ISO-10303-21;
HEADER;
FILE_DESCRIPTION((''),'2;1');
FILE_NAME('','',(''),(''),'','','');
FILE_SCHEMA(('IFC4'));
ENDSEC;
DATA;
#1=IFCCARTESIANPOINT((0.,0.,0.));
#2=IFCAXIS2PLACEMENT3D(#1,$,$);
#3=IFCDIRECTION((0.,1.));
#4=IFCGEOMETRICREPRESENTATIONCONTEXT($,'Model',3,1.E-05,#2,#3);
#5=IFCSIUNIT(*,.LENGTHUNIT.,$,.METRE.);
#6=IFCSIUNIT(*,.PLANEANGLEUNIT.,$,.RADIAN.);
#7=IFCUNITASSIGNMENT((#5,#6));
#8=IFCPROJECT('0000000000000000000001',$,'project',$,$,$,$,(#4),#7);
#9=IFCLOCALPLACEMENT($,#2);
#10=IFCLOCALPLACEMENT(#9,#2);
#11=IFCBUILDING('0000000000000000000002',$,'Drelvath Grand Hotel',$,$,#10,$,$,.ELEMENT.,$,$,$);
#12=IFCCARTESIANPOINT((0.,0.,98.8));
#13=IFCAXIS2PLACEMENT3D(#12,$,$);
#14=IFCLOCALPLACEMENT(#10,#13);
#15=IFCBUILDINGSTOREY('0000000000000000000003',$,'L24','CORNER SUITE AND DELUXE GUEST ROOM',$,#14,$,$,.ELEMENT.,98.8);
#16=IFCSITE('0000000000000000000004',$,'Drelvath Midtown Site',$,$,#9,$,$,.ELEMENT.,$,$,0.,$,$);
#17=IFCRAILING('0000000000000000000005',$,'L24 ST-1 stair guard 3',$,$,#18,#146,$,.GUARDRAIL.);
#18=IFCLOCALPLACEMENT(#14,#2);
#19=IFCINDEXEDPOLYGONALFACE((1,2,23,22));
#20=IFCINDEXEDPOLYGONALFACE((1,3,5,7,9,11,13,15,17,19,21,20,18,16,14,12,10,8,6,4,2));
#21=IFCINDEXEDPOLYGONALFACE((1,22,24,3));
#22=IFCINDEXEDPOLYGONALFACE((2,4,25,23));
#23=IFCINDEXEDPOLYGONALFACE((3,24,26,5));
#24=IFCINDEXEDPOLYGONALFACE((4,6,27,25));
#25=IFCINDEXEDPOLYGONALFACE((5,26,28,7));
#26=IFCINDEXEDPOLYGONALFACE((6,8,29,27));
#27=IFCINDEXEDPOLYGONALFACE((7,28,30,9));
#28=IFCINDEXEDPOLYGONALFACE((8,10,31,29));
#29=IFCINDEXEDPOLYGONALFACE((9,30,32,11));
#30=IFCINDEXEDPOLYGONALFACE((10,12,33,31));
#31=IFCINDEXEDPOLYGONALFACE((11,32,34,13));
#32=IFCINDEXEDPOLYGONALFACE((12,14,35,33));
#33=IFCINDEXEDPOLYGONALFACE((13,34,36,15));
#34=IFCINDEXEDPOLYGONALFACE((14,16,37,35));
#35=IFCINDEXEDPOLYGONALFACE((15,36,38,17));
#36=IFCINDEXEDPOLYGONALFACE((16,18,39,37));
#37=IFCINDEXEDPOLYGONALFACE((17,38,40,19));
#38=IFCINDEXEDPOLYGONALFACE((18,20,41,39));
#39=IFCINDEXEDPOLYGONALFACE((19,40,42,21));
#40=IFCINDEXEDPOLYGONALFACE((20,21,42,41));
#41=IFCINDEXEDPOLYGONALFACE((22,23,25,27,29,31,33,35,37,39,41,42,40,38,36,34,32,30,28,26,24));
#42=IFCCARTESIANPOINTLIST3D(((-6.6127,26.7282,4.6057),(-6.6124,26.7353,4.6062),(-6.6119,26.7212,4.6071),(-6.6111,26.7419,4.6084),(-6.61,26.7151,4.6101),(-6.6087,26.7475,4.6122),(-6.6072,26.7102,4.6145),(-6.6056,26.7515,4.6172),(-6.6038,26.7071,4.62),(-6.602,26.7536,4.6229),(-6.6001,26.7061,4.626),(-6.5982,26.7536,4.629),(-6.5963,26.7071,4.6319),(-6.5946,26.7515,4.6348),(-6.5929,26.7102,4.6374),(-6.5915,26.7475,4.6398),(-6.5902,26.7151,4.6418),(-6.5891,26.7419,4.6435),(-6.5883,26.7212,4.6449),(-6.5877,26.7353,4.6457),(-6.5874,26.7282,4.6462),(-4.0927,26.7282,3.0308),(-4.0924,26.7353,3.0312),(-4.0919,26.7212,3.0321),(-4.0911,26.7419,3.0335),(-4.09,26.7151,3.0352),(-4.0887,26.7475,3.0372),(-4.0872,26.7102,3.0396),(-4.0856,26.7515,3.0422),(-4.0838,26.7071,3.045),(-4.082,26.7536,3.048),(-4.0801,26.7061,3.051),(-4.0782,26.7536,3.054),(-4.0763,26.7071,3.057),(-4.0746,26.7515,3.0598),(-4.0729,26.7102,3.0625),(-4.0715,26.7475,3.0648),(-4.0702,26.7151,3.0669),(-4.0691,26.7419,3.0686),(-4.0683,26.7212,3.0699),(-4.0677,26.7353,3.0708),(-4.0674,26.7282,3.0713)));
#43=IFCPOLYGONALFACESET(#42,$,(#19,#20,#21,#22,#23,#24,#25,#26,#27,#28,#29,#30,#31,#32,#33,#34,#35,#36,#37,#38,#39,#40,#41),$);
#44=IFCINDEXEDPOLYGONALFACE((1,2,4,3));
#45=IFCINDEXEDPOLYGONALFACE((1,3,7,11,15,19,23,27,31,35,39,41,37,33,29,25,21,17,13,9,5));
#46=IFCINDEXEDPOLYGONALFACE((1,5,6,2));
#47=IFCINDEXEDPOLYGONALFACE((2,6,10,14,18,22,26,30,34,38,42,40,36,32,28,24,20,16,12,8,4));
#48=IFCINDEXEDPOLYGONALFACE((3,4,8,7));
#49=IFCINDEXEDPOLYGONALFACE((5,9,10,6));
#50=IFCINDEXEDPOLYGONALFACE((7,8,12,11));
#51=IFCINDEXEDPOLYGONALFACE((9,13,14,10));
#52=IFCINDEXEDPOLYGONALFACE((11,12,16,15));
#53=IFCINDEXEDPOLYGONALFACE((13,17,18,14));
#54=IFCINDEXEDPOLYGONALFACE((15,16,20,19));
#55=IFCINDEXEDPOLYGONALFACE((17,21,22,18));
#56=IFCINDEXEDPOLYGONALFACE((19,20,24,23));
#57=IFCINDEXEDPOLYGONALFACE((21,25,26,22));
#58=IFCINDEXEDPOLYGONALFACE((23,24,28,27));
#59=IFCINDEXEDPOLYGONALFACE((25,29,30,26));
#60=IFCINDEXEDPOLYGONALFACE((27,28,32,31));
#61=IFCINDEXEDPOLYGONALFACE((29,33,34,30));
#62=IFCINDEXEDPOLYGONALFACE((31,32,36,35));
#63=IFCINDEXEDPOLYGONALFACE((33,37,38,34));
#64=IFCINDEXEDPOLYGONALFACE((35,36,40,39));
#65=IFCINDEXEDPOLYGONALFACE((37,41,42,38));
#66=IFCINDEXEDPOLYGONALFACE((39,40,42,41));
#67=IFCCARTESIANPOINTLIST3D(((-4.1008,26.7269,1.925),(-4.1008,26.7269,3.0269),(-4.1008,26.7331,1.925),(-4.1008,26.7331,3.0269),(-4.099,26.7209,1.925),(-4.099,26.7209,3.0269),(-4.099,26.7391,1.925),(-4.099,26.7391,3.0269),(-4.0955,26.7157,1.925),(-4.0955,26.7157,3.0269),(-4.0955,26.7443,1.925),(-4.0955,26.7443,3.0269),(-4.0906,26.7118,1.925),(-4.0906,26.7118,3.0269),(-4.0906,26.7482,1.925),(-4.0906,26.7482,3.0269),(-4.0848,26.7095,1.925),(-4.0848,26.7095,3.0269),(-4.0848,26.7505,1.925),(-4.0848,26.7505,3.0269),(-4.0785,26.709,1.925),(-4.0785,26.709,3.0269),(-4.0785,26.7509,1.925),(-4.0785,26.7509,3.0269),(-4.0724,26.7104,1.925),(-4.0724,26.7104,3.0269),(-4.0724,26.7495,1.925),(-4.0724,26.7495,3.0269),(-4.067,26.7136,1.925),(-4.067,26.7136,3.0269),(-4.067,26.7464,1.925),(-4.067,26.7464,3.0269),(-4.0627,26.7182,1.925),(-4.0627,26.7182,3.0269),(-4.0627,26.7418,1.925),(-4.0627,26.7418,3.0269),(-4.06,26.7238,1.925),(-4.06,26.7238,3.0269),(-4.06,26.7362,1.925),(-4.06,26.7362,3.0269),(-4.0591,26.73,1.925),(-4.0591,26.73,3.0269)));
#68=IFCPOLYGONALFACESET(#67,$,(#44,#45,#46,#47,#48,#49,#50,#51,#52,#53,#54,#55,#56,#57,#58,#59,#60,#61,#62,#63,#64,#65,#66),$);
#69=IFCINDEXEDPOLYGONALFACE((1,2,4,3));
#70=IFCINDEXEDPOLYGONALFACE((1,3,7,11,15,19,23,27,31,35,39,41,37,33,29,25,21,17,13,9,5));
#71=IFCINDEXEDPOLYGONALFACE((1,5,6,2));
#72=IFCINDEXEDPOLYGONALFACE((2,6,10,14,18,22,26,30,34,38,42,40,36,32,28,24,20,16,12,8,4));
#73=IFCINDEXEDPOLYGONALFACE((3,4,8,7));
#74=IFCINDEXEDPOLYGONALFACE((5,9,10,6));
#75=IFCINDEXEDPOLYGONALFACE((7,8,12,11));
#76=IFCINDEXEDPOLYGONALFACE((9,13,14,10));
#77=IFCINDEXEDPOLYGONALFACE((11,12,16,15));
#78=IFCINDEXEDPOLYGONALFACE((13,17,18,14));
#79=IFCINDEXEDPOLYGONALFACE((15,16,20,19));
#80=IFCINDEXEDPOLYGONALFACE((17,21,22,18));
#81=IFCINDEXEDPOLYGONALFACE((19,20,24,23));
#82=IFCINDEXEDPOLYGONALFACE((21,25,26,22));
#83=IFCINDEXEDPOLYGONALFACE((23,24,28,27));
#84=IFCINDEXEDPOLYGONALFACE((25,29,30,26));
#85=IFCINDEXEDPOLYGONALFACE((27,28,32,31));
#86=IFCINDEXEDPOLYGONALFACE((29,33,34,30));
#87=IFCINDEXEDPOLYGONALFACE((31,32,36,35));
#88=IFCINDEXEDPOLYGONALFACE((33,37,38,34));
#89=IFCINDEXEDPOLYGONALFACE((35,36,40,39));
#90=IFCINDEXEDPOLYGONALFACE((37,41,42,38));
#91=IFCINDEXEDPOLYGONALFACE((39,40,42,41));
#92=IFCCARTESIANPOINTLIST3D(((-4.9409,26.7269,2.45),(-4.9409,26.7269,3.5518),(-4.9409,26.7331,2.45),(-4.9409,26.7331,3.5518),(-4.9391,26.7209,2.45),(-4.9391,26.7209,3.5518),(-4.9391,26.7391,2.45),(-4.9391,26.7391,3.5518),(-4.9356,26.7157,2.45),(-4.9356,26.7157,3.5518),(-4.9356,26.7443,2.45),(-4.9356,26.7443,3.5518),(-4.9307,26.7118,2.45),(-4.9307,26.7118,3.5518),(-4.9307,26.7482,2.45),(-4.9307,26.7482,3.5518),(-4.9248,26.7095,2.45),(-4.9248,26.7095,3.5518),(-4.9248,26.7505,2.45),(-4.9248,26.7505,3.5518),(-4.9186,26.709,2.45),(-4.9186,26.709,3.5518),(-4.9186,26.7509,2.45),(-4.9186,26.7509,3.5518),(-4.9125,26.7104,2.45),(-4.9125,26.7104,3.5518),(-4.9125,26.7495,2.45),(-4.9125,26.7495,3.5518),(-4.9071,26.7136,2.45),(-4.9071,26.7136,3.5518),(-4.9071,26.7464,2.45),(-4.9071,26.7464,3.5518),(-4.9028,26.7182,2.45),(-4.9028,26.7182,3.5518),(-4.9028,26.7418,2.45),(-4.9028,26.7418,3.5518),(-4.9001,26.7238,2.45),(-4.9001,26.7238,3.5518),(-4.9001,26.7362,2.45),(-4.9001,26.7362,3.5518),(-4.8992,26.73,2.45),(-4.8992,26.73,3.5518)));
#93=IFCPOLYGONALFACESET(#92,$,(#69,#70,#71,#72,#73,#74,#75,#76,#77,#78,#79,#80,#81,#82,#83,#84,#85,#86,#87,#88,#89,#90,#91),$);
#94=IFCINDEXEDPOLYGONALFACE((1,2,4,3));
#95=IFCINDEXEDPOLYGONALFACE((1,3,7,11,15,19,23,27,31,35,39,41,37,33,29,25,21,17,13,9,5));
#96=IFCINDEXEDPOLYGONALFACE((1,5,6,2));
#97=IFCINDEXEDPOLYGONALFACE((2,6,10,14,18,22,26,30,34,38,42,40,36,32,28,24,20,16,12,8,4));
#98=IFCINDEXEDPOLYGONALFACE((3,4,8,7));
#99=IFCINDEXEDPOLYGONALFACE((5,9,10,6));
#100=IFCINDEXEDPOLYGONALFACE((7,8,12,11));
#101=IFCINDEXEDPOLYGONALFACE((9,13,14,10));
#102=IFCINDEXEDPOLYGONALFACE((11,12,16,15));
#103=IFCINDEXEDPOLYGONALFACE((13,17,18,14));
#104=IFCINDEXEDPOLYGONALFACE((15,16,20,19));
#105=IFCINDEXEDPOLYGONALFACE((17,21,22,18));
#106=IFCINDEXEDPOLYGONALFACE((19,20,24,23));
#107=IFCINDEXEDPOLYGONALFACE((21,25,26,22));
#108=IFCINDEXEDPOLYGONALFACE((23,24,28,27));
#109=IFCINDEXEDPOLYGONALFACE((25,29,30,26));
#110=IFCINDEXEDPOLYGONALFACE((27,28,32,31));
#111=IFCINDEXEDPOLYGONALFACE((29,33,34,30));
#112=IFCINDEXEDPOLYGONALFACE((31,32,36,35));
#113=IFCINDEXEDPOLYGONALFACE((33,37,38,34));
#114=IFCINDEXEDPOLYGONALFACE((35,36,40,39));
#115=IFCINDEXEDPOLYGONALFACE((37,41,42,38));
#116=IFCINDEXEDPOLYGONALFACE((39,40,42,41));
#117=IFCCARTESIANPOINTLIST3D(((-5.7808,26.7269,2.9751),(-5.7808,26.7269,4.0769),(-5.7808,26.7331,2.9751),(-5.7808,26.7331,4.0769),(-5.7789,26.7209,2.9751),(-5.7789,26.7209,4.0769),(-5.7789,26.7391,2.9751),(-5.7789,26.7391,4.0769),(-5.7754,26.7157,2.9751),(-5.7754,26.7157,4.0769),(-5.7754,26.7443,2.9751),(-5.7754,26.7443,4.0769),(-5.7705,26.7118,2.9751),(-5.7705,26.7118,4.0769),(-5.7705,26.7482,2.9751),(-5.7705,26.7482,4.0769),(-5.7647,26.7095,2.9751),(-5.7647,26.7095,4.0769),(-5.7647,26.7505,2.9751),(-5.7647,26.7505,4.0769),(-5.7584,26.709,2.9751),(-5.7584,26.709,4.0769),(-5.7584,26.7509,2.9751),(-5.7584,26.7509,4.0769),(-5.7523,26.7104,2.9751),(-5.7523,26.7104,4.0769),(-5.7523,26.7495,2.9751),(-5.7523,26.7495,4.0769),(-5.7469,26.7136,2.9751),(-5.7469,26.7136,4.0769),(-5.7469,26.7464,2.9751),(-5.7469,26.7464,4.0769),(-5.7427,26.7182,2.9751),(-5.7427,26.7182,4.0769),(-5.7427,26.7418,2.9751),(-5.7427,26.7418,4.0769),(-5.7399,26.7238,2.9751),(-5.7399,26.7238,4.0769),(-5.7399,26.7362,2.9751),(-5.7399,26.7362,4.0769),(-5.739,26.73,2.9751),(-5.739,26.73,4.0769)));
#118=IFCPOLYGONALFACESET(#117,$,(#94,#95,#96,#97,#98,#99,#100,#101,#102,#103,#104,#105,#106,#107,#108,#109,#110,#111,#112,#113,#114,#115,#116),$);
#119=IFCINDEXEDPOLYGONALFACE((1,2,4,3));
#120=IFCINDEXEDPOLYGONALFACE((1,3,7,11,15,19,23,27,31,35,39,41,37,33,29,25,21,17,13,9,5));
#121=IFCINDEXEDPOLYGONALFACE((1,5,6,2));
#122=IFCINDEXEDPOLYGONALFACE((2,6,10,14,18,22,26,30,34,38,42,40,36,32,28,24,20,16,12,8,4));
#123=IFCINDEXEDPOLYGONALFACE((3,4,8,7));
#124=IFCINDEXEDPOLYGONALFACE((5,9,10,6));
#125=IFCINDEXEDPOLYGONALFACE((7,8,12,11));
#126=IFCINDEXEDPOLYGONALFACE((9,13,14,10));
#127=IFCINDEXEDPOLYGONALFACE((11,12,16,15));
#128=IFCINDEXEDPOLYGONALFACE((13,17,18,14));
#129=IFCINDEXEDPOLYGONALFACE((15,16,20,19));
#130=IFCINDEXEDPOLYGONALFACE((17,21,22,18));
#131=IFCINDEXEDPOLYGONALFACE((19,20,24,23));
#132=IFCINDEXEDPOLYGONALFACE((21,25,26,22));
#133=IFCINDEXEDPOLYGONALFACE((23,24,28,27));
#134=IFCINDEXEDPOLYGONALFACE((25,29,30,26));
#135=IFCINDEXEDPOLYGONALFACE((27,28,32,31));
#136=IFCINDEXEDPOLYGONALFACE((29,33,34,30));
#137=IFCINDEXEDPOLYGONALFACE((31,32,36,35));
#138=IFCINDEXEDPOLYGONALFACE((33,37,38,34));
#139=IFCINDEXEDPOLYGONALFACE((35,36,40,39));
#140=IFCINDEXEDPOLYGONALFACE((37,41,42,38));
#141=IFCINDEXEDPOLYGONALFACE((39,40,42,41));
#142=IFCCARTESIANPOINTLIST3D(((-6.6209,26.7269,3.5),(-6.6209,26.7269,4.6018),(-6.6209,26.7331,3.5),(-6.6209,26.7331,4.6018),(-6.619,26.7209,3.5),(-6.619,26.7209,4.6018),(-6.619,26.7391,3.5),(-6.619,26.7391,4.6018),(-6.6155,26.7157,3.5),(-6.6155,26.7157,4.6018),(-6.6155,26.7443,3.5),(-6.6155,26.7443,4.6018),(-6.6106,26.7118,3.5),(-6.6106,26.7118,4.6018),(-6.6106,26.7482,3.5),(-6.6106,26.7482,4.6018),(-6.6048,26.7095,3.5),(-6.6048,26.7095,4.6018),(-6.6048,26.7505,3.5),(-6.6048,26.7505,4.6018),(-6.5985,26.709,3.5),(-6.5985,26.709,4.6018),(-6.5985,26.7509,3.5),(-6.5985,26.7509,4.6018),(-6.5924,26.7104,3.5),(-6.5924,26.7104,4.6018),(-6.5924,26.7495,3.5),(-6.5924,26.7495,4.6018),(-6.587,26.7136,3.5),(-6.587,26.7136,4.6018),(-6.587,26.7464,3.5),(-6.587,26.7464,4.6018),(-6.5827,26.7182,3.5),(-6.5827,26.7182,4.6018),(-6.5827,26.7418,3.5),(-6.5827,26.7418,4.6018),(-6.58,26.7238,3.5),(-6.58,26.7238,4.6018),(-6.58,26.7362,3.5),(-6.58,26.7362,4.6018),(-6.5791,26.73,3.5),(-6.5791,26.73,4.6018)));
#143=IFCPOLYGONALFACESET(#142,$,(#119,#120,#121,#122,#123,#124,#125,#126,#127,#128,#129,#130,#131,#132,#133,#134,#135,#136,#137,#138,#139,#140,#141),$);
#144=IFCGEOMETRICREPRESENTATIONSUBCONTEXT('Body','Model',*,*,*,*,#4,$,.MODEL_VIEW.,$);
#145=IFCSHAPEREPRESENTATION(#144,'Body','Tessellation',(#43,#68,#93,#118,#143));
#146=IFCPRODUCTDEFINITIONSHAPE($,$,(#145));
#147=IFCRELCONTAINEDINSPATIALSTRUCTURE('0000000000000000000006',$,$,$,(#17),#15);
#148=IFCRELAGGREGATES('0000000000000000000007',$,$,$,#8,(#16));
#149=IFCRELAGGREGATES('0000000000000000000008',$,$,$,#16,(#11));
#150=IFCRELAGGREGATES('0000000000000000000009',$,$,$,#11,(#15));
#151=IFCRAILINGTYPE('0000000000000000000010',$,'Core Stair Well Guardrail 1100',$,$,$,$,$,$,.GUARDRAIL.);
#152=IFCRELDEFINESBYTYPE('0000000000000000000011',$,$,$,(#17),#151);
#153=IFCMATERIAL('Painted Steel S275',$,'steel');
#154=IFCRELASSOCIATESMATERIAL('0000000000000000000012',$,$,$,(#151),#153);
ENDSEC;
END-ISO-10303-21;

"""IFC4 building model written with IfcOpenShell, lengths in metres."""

from ifc_helpers import new_model, si_unit, direction, frame, origin, origin_2d, place, context, subcontext, project, spatial, circle, extrude, material, type_object, element, save


model = new_model("IFC4")

# Units and contexts
model_context = context("Model", 3, precision=1e-05, world=origin(), true_north=direction((0.0, 1.0)))
body_context = subcontext(model_context, "Body", "Model", "MODEL_VIEW")
ifc_project = project(units=[si_unit("LENGTHUNIT", "METRE"), si_unit("PLANEANGLEUNIT", "RADIAN")], contexts=[model_context])

# Site, building, storey
site_placement = place(None, origin())
site = spatial("IfcSite", under=ifc_project, at=site_placement, Name="Drelvath Midtown Site", CompositionType="ELEMENT", RefElevation=0.0)
building_placement = place(site_placement, origin())
building = spatial("IfcBuilding", under=site, at=building_placement, Name="Drelvath Grand Hotel", CompositionType="ELEMENT")
storey_placement = place(building_placement, frame((0.0, 0.0, 98.8)))
storey = spatial("IfcBuildingStorey", under=building, at=storey_placement, Name="L24", Description="CORNER SUITE AND DELUXE GUEST ROOM", CompositionType="ELEMENT", Elevation=98.8)

# Shared definitions
ifc_material_1 = material(Name="Painted Steel S275", Category="steel")

# Railing
railing_type_1 = type_object("IfcRailingType", Name="Core Stair Well Guardrail 1100", PredefinedType="GUARDRAIL", material=ifc_material_1)
railing_1_placement = place(storey_placement, frame((-4.0801, 26.73, 1.925)))
element("IfcRailing", 1, at=railing_1_placement, inside=storey, type_object=railing_type_1, Name="L24 ST-1 stair guard 3", PredefinedType="GUARDRAIL", context=body_context, shape_type="SweptSolid", body=[
    extrude(circle(Radius=0.0239, at=origin_2d()), frame((0.0, 0.0, 1.126), z_axis=(-0.848008, 0.0, 0.529984), x_axis=(0.0, -1.0, 0.0)), (0.0, 0.0, 1.0), 2.9717),
    extrude(circle(Radius=0.021, at=origin_2d()), origin(), (0.0, 0.0, 1.0), 1.1018),
    extrude(circle(Radius=0.021, at=origin_2d()), frame((-0.8401, 0.0, 0.5249)), (0.0, 0.0, 1.0), 1.1018),
    extrude(circle(Radius=0.021, at=origin_2d()), frame((-1.6799, 0.0, 1.05)), (0.0, 0.0, 1.0), 1.1018),
    extrude(circle(Radius=0.021, at=origin_2d()), frame((-2.52, 0.0, 1.575)), (0.0, 0.0, 1.0), 1.1018),
])

save(model, "model.ifc")
